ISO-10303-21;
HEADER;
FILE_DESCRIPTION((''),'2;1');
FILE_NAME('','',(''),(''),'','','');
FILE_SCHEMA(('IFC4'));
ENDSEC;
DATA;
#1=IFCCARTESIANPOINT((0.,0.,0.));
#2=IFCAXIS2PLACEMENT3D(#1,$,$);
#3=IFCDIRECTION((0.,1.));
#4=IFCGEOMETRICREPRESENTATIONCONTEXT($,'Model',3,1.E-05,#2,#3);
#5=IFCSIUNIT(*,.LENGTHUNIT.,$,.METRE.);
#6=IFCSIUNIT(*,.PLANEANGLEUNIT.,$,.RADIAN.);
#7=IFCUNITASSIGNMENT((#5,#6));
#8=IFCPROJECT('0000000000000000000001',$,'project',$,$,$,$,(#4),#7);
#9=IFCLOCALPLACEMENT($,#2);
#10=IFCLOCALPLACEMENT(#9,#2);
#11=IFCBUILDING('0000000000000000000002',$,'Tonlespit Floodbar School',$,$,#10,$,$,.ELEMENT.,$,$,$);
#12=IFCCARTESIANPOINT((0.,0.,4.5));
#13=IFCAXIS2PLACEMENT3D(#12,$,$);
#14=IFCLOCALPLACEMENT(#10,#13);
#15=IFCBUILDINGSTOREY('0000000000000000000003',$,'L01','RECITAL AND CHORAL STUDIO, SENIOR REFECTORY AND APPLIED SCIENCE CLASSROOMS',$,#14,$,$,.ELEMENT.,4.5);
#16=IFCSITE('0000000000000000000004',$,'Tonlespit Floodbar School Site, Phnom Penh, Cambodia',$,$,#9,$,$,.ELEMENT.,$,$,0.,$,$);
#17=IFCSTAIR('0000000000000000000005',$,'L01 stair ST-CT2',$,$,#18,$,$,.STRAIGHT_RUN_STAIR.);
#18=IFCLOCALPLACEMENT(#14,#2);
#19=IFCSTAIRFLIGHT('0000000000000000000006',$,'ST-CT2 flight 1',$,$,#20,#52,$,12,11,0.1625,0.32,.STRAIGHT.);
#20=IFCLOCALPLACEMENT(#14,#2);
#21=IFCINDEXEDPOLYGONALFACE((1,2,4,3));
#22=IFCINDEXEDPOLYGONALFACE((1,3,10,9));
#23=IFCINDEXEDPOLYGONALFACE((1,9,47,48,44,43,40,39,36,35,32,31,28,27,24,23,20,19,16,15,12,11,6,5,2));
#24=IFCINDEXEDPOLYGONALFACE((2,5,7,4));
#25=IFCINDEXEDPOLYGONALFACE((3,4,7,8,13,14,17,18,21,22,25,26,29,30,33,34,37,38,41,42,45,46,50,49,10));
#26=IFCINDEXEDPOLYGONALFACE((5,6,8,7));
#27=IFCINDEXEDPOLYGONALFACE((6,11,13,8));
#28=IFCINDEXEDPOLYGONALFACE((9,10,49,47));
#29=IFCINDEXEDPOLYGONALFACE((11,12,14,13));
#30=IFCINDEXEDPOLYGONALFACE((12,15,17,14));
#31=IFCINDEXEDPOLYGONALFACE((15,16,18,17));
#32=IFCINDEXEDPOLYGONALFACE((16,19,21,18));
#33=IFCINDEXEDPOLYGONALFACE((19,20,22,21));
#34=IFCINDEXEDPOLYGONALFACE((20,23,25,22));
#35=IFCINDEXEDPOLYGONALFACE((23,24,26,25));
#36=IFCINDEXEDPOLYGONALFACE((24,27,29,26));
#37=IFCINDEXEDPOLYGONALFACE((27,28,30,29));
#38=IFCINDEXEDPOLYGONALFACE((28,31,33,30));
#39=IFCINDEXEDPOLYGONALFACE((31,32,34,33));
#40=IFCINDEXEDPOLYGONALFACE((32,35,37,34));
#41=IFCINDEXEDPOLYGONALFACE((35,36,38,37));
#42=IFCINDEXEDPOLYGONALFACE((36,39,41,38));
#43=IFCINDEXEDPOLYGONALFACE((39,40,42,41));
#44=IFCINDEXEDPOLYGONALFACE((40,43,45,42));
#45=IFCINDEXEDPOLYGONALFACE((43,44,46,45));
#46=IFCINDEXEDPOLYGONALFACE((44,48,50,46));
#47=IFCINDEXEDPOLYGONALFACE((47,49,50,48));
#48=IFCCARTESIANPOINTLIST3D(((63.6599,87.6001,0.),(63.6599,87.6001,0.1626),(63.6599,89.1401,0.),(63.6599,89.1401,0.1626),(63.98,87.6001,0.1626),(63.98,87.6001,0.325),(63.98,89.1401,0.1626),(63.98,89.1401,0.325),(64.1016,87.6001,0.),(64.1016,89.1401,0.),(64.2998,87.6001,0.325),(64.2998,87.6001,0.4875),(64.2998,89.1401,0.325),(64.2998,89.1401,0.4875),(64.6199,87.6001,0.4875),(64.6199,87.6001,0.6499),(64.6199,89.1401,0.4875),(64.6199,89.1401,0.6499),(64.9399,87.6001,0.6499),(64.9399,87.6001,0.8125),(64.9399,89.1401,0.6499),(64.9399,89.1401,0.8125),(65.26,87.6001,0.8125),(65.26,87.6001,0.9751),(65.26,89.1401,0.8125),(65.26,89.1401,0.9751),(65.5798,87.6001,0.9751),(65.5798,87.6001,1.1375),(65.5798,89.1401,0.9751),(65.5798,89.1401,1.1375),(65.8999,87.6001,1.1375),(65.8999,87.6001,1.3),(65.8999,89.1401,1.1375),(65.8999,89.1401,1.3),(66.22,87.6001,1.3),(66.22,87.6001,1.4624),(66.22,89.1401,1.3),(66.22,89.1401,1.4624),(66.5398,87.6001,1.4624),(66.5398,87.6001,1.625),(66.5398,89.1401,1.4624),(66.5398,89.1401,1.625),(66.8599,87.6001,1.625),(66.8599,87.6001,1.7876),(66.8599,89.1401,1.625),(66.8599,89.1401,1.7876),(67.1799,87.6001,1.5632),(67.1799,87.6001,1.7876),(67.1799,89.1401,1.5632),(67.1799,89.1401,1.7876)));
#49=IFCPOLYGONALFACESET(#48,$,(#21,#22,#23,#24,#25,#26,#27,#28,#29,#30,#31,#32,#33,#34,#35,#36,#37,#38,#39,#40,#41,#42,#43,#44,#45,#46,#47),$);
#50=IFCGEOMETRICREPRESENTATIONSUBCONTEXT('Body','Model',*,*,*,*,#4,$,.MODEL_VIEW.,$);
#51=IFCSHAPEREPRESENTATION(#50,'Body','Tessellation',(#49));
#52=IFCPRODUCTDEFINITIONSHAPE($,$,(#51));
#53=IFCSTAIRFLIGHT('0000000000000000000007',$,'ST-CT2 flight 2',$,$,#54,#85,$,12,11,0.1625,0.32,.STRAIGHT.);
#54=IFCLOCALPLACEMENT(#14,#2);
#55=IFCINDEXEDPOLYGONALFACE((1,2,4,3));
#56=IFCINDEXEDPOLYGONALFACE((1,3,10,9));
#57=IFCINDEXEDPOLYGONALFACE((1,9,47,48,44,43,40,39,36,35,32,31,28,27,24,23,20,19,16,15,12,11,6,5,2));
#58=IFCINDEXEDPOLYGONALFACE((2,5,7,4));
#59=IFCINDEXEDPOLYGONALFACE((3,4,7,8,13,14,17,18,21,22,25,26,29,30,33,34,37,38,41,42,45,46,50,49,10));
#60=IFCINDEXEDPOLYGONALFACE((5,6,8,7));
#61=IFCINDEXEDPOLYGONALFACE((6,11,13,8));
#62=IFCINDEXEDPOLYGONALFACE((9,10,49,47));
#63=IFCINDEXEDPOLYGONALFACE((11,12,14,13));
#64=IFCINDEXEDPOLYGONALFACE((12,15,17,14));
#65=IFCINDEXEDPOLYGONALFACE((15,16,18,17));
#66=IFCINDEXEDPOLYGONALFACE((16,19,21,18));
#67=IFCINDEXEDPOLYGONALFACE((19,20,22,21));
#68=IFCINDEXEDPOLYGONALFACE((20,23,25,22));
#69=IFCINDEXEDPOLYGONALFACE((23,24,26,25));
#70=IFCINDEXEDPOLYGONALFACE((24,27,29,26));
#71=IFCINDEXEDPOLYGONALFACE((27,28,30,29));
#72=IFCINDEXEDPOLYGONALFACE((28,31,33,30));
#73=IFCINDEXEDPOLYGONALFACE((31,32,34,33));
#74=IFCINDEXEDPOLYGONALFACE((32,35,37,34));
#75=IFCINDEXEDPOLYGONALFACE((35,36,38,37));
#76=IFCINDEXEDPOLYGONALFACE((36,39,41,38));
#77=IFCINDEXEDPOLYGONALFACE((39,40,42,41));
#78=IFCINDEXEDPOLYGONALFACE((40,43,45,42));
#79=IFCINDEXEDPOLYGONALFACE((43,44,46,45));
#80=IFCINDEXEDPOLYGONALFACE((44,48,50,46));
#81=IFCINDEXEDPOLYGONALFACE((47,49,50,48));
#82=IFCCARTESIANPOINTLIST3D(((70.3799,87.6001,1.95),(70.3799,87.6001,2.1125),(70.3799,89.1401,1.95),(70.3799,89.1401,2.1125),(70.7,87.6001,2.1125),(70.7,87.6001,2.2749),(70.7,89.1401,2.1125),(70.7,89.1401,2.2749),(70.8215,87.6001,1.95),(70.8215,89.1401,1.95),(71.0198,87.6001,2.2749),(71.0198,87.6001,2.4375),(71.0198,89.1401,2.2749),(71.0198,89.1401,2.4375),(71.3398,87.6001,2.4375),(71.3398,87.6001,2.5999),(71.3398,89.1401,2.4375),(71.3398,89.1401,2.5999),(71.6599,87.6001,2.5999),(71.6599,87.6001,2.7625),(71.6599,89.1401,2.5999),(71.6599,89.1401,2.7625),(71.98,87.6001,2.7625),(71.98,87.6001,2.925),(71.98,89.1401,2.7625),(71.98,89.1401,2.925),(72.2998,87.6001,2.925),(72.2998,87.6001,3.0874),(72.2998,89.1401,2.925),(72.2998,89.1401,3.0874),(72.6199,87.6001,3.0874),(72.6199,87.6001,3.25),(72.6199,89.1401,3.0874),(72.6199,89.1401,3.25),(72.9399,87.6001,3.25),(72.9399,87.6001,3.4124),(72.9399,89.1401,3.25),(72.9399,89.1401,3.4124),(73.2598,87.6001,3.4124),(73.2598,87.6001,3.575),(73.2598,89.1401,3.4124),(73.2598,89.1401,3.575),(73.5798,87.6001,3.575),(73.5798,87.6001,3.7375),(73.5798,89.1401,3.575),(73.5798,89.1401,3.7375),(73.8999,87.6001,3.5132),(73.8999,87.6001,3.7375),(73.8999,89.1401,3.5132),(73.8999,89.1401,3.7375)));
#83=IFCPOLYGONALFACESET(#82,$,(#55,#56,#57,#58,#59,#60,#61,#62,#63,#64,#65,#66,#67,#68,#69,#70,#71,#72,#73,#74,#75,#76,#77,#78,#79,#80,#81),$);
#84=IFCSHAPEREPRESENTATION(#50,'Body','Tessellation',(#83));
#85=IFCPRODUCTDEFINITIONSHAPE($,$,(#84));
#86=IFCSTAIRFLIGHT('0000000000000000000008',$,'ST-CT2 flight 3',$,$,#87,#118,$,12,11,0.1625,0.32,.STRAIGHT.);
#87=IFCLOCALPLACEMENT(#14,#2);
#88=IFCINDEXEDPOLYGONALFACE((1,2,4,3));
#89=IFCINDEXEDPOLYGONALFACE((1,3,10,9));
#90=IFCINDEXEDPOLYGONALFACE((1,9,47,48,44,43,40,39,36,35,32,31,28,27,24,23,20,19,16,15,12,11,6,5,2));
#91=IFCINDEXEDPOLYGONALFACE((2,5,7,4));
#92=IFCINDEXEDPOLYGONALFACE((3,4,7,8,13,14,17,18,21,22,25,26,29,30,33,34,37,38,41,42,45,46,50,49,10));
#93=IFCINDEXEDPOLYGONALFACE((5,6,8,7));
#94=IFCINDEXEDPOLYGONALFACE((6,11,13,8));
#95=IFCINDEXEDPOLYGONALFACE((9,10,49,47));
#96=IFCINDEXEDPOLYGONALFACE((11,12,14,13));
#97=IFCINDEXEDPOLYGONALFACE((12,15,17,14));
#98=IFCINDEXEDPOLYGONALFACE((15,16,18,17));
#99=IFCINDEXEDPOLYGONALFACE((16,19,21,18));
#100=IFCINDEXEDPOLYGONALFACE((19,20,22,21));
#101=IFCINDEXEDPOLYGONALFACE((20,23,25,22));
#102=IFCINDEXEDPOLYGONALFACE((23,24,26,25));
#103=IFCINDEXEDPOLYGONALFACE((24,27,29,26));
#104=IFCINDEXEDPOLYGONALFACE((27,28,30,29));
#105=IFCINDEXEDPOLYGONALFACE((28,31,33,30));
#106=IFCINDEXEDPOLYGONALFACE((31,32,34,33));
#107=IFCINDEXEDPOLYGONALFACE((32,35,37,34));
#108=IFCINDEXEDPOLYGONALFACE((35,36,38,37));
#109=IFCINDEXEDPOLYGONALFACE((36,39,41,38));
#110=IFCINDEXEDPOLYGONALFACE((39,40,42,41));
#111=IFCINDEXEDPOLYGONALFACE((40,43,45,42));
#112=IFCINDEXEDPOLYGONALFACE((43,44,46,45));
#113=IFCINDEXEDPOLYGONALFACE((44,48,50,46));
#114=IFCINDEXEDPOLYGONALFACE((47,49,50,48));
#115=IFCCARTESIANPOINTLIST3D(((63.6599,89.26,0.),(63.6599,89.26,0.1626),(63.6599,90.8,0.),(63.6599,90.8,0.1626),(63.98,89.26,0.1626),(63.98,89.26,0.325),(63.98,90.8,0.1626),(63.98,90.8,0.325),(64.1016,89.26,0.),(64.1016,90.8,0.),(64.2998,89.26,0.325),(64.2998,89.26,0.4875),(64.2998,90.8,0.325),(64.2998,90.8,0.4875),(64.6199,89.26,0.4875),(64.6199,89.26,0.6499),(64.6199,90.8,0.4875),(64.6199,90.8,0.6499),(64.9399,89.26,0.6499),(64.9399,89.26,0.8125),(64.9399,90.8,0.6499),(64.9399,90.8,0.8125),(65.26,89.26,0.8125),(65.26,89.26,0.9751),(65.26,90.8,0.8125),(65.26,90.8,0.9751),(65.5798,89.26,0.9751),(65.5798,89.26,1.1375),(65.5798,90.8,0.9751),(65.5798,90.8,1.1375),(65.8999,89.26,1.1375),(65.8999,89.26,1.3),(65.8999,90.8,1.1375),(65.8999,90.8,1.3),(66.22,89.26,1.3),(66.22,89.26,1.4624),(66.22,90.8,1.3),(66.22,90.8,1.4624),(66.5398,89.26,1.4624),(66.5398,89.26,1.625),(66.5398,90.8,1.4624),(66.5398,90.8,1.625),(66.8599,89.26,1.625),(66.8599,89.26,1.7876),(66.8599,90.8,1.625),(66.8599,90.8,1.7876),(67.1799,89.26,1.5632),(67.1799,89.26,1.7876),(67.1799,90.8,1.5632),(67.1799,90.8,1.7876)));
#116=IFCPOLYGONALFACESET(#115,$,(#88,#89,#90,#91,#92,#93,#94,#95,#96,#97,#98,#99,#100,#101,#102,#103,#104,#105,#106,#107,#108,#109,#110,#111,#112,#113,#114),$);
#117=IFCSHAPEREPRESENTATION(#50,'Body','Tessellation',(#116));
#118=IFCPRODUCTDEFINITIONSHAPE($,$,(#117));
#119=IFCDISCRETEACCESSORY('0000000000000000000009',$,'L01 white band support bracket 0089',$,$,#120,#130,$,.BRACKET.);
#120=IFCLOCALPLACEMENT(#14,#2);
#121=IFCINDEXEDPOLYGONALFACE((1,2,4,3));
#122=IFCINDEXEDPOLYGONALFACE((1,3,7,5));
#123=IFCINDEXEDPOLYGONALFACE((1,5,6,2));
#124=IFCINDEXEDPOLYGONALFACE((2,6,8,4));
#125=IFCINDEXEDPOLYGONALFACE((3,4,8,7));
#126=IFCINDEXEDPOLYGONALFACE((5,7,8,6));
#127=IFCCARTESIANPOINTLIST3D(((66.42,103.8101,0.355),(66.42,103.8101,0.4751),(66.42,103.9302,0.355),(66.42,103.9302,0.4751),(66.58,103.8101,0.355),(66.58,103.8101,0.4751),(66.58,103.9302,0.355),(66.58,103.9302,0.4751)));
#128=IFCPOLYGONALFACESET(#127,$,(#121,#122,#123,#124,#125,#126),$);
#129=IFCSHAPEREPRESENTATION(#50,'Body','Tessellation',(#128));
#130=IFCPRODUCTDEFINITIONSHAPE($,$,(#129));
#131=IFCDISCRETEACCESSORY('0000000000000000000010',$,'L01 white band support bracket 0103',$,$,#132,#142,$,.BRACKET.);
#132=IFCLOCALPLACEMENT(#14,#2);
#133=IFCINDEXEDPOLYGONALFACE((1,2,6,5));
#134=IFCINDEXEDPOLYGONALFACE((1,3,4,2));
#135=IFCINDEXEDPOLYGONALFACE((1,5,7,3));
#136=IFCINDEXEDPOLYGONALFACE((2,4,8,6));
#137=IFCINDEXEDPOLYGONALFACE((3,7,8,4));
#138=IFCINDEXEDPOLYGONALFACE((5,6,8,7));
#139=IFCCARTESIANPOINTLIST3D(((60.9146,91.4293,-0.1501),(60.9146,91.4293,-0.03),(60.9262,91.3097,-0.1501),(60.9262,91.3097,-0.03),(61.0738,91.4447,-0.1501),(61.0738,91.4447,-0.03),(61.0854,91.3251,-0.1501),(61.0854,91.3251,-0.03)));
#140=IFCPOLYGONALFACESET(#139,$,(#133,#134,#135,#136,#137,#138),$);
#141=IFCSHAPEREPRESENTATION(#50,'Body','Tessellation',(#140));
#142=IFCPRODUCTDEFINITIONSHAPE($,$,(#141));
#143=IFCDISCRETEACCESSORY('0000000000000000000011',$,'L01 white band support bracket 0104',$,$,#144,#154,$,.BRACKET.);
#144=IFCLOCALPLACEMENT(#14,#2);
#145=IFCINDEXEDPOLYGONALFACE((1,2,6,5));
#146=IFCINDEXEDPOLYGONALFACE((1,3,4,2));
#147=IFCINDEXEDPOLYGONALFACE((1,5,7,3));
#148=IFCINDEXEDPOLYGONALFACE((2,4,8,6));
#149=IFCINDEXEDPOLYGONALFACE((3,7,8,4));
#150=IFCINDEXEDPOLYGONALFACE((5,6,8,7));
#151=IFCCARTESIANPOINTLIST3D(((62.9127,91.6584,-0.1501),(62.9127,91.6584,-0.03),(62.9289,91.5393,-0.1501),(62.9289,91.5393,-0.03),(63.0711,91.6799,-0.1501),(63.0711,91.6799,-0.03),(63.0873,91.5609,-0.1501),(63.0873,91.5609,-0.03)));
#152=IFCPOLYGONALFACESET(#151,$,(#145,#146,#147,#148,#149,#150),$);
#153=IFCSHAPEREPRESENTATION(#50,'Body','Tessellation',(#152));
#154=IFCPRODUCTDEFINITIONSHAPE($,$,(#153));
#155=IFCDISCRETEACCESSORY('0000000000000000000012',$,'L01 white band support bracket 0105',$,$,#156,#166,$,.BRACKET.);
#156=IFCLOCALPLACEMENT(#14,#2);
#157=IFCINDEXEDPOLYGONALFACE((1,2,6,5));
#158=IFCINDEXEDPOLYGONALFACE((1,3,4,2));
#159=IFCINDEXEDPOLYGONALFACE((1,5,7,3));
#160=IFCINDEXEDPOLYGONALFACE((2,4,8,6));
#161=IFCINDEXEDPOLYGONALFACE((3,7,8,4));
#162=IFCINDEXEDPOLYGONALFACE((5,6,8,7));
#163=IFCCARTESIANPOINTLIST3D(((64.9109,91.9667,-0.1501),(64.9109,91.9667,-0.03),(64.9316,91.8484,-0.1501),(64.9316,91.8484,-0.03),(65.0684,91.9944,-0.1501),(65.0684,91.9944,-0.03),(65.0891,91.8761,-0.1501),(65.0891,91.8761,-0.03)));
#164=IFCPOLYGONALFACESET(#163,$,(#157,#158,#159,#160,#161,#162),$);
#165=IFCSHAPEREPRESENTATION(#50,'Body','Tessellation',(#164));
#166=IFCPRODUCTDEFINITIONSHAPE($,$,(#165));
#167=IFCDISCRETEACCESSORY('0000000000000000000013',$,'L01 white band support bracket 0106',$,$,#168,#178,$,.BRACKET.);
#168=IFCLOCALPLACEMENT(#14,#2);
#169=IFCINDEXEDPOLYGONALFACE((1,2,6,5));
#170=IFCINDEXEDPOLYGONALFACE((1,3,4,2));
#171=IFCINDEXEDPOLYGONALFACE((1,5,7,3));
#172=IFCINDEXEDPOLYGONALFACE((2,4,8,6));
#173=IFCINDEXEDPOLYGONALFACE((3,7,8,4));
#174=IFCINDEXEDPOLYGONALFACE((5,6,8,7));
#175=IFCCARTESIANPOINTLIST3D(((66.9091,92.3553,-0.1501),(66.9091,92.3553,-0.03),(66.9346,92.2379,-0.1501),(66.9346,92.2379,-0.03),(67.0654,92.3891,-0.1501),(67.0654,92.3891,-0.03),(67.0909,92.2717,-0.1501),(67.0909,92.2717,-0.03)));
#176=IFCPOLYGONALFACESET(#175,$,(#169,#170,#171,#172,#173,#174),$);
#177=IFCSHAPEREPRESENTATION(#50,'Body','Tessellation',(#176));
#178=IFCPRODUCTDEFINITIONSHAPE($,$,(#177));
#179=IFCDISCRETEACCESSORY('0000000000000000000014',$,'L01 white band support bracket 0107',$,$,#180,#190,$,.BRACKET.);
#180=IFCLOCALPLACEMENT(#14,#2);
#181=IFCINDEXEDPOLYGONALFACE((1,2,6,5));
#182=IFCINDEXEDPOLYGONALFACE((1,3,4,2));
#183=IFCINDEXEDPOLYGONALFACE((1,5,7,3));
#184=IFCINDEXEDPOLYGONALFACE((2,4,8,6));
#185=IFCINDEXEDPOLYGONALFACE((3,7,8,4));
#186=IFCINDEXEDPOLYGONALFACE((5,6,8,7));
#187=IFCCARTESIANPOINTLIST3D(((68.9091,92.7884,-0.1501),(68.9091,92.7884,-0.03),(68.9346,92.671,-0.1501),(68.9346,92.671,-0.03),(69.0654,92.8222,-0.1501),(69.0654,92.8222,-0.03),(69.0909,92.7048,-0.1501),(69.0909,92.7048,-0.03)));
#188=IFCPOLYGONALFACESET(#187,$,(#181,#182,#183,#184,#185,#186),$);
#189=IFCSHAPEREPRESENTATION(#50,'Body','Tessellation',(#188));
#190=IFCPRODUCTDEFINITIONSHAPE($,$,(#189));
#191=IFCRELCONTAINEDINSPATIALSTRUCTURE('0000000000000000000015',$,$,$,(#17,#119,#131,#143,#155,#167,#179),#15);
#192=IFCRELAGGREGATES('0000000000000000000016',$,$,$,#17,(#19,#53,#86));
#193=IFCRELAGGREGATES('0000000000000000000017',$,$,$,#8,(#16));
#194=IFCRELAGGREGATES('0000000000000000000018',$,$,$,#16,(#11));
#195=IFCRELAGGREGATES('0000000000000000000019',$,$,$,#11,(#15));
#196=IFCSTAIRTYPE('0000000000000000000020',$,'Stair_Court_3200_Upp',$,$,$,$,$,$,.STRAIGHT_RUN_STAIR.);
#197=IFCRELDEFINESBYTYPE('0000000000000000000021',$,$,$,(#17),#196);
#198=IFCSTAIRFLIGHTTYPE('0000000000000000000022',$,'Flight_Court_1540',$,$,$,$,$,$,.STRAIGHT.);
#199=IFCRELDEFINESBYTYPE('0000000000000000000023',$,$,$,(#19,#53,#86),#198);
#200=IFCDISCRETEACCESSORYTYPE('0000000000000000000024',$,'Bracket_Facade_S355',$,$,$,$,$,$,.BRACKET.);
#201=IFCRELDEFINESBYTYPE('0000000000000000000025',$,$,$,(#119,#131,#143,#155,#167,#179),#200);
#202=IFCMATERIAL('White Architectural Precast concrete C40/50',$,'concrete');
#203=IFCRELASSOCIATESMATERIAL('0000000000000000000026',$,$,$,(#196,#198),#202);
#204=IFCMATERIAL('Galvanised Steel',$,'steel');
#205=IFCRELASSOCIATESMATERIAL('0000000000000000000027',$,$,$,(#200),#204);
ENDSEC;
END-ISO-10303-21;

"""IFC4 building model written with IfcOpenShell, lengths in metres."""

from ifc_helpers import new_model, si_unit, direction, frame, origin, origin_2d, place, context, subcontext, project, spatial, polyline, rectangle, outline, extrude, material, type_object, element, aggregate, save


model = new_model("IFC4")

# Units and contexts
model_context = context("Model", 3, precision=1e-05, world=origin(), true_north=direction((0.0, 1.0)))
body_context = subcontext(model_context, "Body", "Model", "MODEL_VIEW")
ifc_project = project(units=[si_unit("LENGTHUNIT", "METRE"), si_unit("PLANEANGLEUNIT", "RADIAN")], contexts=[model_context])

# Site, building, storey
site_placement = place(None, origin())
site = spatial("IfcSite", under=ifc_project, at=site_placement, Name="Tonlespit Floodbar School Site, Phnom Penh, Cambodia", CompositionType="ELEMENT", RefElevation=0.0)
building_placement = place(site_placement, origin())
building = spatial("IfcBuilding", under=site, at=building_placement, Name="Tonlespit Floodbar School", CompositionType="ELEMENT")
storey_placement = place(building_placement, frame((0.0, 0.0, 4.5)))
storey = spatial("IfcBuildingStorey", under=building, at=storey_placement, Name="L01", Description="RECITAL AND CHORAL STUDIO, SENIOR REFECTORY AND APPLIED SCIENCE CLASSROOMS", CompositionType="ELEMENT", Elevation=4.5)

# Stair, stair flights
ifc_material_1 = material(Name="White Architectural Precast concrete C40/50", Category="concrete")
stair_type = type_object("IfcStairType", Name="Stair_Court_3200_Upp", PredefinedType="STRAIGHT_RUN_STAIR", material=ifc_material_1)
stair_placement = place(storey_placement, origin())
stair = element("IfcStair", 1, at=stair_placement, inside=storey, type_object=stair_type, Name="L01 stair ST-CT2", PredefinedType="STRAIGHT_RUN_STAIR")
stair_flight_type = type_object("IfcStairFlightType", Name="Flight_Court_1540", PredefinedType="STRAIGHT", material=ifc_material_1)
stair_flight_1_placement = place(storey_placement, frame((63.6599, 88.3701, 0.0), z_axis=(0.0, 0.0, 1.0), x_axis=(1.0, 0.0, 0.0)))
stair_flight_1 = element("IfcStairFlight", 2, at=stair_flight_1_placement, type_object=stair_flight_type, Name="ST-CT2 flight 1", NumberOfRisers=12, NumberOfTreads=11, PredefinedType="STRAIGHT", RiserHeight=0.1625, TreadLength=0.32, context=body_context, shape_type="SweptSolid", body=[
    extrude(outline(polyline([(0.0, 0.0), (0.0, 0.1626), (0.3201, 0.1626), (0.3201, 0.325), (0.6399, 0.325), (0.6399, 0.4875), (0.96, 0.4875), (0.96, 0.6499), (1.28, 0.6499), (1.28, 0.8125), (1.6001, 0.8125), (1.6001, 0.9751), (1.9199, 0.9751), (1.9199, 1.1375), (2.24, 1.1375), (2.24, 1.3), (2.5601, 1.3), (2.5601, 1.4624), (2.8799, 1.4624), (2.8799, 1.625), (3.2, 1.625), (3.2, 1.7876), (3.52, 1.7876), (3.52, 1.95), (3.52, 1.5632), (0.4417, 0.0), (0.0, 0.0)])), frame((0.0, 0.77, 0.0), z_axis=(0.0, -1.0, 0.0), x_axis=(1.0, 0.0, 0.0)), (0.0, 0.0, 1.0), 1.54),
])
stair_flight_2_placement = place(storey_placement, frame((70.3799, 88.3701, 1.95), z_axis=(0.0, 0.0, 1.0), x_axis=(1.0, 0.0, 0.0)))
stair_flight_2 = element("IfcStairFlight", 3, at=stair_flight_2_placement, type_object=stair_flight_type, Name="ST-CT2 flight 2", NumberOfRisers=12, NumberOfTreads=11, PredefinedType="STRAIGHT", RiserHeight=0.1625, TreadLength=0.32, context=body_context, shape_type="SweptSolid", body=[
    extrude(outline(polyline([(0.0, 0.0), (0.0, 0.1626), (0.3201, 0.1626), (0.3201, 0.325), (0.6399, 0.325), (0.6399, 0.4875), (0.96, 0.4875), (0.96, 0.6499), (1.28, 0.6499), (1.28, 0.8125), (1.6001, 0.8125), (1.6001, 0.9751), (1.9199, 0.9751), (1.9199, 1.1375), (2.24, 1.1375), (2.24, 1.3), (2.5601, 1.3), (2.5601, 1.4624), (2.8799, 1.4624), (2.8799, 1.625), (3.2, 1.625), (3.2, 1.7876), (3.52, 1.7876), (3.52, 1.95), (3.52, 1.5632), (0.4417, 0.0), (0.0, 0.0)])), frame((0.0, 0.77, 0.0), z_axis=(0.0, -1.0, 0.0), x_axis=(1.0, 0.0, 0.0)), (0.0, 0.0, 1.0), 1.54),
])
stair_flight_3_placement = place(storey_placement, frame((63.6599, 90.03, 0.0), z_axis=(0.0, 0.0, 1.0), x_axis=(1.0, 0.0, 0.0)))
stair_flight_3 = element("IfcStairFlight", 4, at=stair_flight_3_placement, type_object=stair_flight_type, Name="ST-CT2 flight 3", NumberOfRisers=12, NumberOfTreads=11, PredefinedType="STRAIGHT", RiserHeight=0.1625, TreadLength=0.32, context=body_context, shape_type="SweptSolid", body=[
    extrude(outline(polyline([(0.0, 0.0), (0.0, 0.1626), (0.3201, 0.1626), (0.3201, 0.325), (0.6399, 0.325), (0.6399, 0.4875), (0.96, 0.4875), (0.96, 0.6499), (1.28, 0.6499), (1.28, 0.8125), (1.6001, 0.8125), (1.6001, 0.9751), (1.9199, 0.9751), (1.9199, 1.1375), (2.24, 1.1375), (2.24, 1.3), (2.5601, 1.3), (2.5601, 1.4624), (2.8799, 1.4624), (2.8799, 1.625), (3.2, 1.625), (3.2, 1.7876), (3.52, 1.7876), (3.52, 1.95), (3.52, 1.5632), (0.4417, 0.0), (0.0, 0.0)])), frame((0.0, 0.77, 0.0), z_axis=(0.0, -1.0, 0.0), x_axis=(1.0, 0.0, 0.0)), (0.0, 0.0, 1.0), 1.54),
])
aggregate(stair, [stair_flight_1, stair_flight_2, stair_flight_3])

# Shared definitions
ifc_material_2 = material(Name="Galvanised Steel", Category="steel")

# Discrete accessories
discrete_accessory_type = type_object("IfcDiscreteAccessoryType", Name="Bracket_Facade_S355", PredefinedType="BRACKET", material=ifc_material_2)
for number, where, z_axis, x_axis, name in (
    (5, (66.5, 103.8701, 0.355), (0.0, 0.0, 1.0), (-1.0, 0.0, 0.0), "L01 white band support bracket 0089"),
    (6, (61.0, 91.3772, -0.1501), (0.0, 0.0, 1.0), (0.995362, 0.096202, 0.0), "L01 white band support bracket 0103"),
    (7, (63.0, 91.6096, -0.1501), (0.0, 0.0, 1.0), (0.990898, 0.134614, 0.0), "L01 white band support bracket 0104"),
    (8, (65.0, 91.9214, -0.1501), (0.0, 0.0, 1.0), (0.984905, 0.173096, 0.0), "L01 white band support bracket 0105"),
    (9, (67.0, 92.3135, -0.1501), (0.0, 0.0, 1.0), (0.977357, 0.211598, 0.0), "L01 white band support bracket 0106"),
    (10, (69.0, 92.7466, -0.1501), (0.0, 0.0, 1.0), (0.977357, 0.211598, 0.0), "L01 white band support bracket 0107"),
):
    element("IfcDiscreteAccessory", number, at=place(storey_placement, frame(where, z_axis=z_axis, x_axis=x_axis)), inside=storey, type_object=discrete_accessory_type, Name=name, PredefinedType="BRACKET", context=body_context, shape_type="SweptSolid", body=[
        extrude(rectangle(XDim=0.1599, YDim=0.1201, at=origin_2d()), origin(), (0.0, 0.0, 1.0), 0.1201),
    ])

save(model, "model.ifc")
